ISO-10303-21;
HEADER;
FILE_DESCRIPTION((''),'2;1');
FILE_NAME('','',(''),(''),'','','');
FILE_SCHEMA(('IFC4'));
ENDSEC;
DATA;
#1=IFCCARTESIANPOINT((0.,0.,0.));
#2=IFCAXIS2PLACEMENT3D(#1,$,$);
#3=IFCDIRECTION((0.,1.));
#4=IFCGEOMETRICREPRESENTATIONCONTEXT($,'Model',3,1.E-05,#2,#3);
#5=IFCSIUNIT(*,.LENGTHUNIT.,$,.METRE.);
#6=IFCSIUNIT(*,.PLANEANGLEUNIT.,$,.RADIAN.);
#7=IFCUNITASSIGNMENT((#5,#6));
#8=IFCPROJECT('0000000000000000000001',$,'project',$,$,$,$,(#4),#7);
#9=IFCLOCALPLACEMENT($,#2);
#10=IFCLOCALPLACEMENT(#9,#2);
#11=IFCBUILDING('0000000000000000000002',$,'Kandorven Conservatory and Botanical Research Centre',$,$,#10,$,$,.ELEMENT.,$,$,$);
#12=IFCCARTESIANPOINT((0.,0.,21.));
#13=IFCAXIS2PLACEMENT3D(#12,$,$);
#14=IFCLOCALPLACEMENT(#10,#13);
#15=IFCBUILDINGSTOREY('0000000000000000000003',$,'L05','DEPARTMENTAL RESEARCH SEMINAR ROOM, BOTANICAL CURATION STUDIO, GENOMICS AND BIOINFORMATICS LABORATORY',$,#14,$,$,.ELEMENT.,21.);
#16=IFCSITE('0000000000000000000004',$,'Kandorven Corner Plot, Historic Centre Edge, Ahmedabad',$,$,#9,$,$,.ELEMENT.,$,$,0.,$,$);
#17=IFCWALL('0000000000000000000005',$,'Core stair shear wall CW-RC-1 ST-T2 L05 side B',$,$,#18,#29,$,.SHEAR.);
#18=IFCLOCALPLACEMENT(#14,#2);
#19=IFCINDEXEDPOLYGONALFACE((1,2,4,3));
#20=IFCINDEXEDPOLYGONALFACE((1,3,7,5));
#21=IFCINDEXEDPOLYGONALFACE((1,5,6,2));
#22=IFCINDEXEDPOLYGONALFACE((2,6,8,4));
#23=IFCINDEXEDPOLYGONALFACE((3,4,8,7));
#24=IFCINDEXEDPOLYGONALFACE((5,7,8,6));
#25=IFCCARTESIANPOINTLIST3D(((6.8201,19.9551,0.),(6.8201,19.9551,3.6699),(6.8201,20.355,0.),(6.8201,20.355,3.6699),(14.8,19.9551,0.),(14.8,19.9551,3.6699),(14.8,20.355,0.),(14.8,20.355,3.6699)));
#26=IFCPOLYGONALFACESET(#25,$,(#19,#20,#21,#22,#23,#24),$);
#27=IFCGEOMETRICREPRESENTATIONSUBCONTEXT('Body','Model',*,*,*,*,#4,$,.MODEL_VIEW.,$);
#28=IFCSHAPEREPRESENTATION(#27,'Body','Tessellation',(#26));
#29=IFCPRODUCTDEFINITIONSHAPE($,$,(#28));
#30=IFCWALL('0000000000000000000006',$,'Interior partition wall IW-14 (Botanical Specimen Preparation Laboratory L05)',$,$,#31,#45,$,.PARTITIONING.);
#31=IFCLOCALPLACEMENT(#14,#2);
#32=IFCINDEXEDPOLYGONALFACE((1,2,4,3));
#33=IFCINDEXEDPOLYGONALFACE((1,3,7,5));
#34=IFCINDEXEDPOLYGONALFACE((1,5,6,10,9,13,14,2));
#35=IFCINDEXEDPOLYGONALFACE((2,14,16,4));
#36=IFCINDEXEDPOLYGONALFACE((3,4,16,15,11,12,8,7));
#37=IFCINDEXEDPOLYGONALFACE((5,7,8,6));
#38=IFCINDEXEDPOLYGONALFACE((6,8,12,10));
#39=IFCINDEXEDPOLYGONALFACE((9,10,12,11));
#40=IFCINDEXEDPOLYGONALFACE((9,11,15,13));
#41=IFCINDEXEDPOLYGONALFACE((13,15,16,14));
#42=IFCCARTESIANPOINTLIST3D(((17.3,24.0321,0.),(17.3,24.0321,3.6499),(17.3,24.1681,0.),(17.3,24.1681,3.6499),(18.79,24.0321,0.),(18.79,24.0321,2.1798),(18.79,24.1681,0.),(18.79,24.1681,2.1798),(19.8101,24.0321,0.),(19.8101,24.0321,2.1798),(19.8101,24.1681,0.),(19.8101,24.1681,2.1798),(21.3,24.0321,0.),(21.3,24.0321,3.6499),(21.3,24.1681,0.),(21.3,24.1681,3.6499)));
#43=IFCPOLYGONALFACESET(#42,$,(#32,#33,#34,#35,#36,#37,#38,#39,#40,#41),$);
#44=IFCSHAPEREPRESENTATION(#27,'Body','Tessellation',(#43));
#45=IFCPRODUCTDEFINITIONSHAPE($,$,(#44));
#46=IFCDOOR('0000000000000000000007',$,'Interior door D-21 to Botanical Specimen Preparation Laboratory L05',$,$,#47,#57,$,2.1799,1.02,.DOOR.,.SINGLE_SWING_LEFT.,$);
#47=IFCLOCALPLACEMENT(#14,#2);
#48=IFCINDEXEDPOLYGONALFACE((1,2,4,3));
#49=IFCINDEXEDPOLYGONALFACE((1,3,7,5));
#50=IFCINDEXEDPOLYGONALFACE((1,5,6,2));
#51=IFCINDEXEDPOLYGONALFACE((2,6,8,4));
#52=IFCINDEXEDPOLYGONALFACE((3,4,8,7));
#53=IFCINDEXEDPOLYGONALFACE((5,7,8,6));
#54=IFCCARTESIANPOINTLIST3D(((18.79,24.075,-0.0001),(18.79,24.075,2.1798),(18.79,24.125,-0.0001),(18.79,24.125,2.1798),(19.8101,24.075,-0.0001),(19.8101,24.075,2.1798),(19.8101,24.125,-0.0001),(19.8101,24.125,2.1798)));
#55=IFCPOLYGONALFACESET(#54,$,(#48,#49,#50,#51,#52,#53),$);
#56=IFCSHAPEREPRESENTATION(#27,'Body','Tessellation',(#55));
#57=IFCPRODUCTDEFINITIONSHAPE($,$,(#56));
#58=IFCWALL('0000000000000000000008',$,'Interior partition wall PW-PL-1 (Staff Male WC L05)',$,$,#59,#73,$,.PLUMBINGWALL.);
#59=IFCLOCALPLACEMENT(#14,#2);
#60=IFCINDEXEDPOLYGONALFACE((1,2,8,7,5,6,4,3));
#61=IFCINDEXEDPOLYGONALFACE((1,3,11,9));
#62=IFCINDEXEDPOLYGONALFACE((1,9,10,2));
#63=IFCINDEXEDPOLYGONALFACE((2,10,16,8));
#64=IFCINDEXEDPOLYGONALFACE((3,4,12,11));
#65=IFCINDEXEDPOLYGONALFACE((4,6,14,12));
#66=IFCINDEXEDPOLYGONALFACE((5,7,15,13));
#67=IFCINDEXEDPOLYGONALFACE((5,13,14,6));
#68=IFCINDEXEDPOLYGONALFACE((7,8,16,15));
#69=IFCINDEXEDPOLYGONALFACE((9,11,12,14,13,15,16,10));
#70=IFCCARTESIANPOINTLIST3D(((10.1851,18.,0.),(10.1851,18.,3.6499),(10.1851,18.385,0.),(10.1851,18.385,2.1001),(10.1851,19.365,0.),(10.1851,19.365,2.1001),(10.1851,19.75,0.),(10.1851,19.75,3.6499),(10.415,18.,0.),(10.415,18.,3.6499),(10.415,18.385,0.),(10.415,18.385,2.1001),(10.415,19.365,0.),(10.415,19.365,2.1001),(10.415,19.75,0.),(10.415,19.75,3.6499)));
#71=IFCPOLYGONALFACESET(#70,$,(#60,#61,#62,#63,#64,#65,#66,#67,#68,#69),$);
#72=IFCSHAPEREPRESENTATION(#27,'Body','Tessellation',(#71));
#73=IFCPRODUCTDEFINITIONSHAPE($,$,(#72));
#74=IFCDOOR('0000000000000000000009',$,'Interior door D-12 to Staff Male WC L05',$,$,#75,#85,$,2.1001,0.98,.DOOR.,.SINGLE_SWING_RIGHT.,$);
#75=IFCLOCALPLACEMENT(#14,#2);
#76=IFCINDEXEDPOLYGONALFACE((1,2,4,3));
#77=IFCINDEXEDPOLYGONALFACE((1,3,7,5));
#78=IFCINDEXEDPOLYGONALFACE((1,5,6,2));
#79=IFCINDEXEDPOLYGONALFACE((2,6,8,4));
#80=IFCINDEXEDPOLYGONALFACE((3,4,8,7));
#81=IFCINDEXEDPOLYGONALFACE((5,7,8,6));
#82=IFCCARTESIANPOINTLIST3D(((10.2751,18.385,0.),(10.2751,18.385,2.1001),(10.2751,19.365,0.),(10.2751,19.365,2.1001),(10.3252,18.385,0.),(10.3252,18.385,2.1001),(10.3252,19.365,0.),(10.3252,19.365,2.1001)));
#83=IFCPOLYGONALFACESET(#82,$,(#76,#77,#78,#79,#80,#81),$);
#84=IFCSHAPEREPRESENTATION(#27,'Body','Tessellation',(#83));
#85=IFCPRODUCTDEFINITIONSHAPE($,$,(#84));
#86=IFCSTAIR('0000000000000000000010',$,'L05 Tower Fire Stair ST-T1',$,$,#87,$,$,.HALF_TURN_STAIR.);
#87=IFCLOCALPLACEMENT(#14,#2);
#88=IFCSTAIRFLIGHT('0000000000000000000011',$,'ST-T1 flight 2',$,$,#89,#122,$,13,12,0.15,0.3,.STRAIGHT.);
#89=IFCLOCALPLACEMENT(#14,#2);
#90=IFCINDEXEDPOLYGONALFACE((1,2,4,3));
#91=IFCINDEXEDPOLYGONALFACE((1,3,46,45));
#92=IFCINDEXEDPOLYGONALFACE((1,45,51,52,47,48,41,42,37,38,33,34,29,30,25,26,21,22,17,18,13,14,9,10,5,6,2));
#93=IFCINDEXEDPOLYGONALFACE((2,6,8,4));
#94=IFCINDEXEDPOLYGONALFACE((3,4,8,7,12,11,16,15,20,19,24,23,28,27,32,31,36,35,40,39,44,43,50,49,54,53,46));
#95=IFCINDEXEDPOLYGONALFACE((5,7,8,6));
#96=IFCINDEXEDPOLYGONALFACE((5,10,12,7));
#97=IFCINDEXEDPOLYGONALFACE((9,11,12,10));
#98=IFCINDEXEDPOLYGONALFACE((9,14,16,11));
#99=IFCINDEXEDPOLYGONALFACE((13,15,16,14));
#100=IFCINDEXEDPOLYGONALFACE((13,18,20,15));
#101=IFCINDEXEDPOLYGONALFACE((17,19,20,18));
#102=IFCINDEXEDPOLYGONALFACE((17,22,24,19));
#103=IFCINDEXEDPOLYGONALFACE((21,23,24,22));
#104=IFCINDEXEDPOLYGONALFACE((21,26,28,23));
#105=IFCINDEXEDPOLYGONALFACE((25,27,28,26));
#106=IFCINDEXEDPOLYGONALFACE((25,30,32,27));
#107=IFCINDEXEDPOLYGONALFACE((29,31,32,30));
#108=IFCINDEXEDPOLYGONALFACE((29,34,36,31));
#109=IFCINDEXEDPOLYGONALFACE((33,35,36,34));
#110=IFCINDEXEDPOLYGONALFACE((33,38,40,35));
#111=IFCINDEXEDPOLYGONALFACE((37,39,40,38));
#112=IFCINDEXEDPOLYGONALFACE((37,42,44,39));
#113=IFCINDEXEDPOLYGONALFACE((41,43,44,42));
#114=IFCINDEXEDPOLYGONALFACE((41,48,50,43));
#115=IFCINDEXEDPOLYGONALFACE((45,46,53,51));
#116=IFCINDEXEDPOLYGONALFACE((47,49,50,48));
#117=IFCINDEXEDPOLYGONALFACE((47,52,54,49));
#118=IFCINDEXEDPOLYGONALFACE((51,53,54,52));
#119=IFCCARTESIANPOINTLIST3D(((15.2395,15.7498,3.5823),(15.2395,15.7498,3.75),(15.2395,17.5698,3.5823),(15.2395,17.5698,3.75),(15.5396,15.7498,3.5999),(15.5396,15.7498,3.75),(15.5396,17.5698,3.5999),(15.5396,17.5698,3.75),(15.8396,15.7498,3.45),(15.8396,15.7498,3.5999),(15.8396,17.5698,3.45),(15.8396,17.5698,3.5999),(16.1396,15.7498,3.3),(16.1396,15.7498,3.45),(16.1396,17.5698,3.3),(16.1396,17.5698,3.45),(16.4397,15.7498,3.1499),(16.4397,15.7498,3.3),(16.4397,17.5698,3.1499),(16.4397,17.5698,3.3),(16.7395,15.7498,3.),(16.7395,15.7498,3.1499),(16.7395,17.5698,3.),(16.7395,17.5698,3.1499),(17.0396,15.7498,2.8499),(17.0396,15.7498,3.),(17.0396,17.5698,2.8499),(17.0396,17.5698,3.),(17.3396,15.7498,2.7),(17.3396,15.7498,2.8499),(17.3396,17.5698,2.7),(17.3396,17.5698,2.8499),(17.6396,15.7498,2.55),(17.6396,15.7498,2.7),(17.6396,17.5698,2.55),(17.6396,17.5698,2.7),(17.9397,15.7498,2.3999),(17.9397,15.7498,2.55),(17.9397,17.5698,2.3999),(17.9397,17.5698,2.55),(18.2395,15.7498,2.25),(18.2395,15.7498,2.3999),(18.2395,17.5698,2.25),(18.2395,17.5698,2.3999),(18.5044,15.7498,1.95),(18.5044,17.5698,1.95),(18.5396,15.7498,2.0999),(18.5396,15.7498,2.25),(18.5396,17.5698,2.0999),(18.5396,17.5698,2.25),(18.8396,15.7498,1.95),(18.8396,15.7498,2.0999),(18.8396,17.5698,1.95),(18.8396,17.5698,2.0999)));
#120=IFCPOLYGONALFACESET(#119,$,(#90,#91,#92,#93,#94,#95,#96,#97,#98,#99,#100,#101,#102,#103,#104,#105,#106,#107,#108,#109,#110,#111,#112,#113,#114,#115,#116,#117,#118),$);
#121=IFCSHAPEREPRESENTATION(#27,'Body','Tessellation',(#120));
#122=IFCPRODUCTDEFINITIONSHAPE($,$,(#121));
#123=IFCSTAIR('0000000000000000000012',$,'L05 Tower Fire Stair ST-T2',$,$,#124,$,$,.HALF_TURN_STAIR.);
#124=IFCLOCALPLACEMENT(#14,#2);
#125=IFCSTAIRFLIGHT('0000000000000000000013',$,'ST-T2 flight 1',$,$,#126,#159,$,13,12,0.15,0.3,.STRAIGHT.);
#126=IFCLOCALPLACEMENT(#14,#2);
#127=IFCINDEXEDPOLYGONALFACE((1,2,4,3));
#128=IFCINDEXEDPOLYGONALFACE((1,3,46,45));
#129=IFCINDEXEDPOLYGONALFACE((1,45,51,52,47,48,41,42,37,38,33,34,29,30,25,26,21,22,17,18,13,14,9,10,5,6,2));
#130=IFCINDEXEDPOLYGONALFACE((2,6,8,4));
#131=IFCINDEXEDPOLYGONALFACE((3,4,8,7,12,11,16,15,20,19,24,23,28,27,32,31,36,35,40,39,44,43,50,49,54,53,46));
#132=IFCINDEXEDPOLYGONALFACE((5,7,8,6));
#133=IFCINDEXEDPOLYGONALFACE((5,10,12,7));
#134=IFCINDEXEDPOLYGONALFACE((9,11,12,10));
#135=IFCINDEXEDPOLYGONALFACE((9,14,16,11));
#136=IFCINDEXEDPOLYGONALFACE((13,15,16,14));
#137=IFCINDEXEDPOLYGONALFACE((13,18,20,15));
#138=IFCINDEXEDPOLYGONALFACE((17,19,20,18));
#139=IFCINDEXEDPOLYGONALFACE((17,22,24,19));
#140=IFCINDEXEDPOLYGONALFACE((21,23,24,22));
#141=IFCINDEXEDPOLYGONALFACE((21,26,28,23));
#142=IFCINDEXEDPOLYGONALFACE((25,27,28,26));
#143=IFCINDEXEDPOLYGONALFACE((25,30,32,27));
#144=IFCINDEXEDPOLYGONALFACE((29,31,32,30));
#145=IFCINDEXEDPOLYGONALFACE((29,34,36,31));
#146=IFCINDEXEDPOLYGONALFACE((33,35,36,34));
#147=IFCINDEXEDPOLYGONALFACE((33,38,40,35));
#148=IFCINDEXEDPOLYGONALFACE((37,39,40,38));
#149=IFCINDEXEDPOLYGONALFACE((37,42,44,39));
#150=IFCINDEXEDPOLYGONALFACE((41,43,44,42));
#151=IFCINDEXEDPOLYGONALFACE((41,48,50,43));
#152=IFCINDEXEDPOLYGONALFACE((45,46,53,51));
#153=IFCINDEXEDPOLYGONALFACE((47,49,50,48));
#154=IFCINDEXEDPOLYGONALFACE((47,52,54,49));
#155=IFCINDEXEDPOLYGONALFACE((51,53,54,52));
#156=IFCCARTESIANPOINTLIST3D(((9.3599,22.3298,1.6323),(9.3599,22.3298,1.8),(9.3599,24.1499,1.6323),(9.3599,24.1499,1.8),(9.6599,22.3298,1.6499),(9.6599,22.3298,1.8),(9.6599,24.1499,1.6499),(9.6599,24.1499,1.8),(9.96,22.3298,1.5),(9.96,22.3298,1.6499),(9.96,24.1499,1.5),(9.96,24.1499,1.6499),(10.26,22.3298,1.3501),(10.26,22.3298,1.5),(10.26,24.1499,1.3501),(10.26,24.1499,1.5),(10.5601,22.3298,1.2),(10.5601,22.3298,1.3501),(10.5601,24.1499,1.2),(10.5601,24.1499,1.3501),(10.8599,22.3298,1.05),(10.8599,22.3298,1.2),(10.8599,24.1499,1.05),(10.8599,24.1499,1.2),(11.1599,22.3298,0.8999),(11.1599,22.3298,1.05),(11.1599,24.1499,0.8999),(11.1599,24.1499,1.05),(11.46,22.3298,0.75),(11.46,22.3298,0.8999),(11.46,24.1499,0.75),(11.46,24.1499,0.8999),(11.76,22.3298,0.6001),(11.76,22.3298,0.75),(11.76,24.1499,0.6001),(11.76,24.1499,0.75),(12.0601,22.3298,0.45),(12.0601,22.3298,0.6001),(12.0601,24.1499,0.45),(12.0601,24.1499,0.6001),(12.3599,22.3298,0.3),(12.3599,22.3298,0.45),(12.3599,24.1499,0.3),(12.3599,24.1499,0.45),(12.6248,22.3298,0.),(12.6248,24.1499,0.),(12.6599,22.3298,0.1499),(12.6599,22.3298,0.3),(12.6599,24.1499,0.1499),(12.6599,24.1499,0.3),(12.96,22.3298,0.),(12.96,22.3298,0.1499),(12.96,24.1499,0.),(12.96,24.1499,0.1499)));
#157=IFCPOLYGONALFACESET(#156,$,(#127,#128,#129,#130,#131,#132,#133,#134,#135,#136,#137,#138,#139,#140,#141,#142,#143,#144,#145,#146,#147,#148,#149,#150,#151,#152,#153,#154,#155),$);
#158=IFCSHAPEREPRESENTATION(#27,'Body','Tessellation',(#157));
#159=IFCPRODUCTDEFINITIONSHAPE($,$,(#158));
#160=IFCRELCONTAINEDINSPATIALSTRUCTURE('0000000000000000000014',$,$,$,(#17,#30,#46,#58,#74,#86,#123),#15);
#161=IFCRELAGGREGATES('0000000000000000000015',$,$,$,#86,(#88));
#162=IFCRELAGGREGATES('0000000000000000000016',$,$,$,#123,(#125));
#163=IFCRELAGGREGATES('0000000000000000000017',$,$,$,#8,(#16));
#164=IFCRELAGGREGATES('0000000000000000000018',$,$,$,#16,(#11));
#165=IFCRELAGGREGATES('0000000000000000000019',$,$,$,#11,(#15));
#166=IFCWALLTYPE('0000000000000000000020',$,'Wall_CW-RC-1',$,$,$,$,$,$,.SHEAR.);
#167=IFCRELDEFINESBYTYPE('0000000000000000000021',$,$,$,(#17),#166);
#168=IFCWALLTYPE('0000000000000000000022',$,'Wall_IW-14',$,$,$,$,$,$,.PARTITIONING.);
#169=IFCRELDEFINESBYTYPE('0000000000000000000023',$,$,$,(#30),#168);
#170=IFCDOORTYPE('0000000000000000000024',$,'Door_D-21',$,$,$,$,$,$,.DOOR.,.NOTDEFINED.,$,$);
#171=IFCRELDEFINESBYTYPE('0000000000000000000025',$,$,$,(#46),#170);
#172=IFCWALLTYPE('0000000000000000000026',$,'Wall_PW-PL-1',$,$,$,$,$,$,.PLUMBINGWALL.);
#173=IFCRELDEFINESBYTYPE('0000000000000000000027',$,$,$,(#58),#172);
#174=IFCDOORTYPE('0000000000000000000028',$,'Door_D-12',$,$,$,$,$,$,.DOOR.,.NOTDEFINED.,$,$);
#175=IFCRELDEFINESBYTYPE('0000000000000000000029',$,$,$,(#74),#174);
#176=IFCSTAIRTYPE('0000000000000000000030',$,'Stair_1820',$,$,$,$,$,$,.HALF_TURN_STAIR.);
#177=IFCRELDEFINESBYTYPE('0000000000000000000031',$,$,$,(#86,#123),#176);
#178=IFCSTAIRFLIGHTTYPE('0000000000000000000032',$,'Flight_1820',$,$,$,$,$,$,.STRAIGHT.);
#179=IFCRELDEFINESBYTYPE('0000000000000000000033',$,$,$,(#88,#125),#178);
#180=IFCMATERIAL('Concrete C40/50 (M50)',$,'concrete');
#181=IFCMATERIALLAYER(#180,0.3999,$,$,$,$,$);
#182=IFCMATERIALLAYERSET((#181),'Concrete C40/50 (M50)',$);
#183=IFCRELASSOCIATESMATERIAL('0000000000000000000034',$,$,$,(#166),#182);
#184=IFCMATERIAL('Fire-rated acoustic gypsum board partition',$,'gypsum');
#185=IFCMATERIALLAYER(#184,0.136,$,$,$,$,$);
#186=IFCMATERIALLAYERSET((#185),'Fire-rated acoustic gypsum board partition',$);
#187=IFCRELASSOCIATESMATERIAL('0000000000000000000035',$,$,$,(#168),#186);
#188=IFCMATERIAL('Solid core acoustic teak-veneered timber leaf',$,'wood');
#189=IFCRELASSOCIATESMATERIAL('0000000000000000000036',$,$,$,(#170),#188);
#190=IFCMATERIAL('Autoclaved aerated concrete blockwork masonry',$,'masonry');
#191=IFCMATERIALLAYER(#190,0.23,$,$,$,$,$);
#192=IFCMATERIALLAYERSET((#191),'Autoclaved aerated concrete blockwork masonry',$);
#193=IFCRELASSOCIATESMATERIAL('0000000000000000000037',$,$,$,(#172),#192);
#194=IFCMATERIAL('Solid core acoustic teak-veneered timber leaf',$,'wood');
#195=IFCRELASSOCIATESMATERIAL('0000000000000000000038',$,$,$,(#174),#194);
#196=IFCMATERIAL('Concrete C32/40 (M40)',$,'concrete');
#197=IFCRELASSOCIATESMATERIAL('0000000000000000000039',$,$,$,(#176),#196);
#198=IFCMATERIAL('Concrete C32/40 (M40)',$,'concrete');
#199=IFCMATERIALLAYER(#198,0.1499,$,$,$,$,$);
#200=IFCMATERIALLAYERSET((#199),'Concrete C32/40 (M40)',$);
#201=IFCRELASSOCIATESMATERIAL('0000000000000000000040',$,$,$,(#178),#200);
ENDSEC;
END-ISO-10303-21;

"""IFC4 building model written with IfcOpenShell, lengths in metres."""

from ifc_helpers import new_model, si_unit, direction, frame, frame_2d, origin, place, context, subcontext, project, spatial, polyline, rectangle, outline, extrude, material, layer, layer_set, type_object, element, fill, aggregate, save


model = new_model("IFC4")

# Units and contexts
model_context = context("Model", 3, precision=1e-05, world=origin(), true_north=direction((0.0, 1.0)))
body_context = subcontext(model_context, "Body", "Model", "MODEL_VIEW")
ifc_project = project(units=[si_unit("LENGTHUNIT", "METRE"), si_unit("PLANEANGLEUNIT", "RADIAN")], contexts=[model_context])

# Site, building, storey
site_placement = place(None, origin())
site = spatial("IfcSite", under=ifc_project, at=site_placement, Name="Kandorven Corner Plot, Historic Centre Edge, Ahmedabad", CompositionType="ELEMENT", RefElevation=0.0)
building_placement = place(site_placement, origin())
building = spatial("IfcBuilding", under=site, at=building_placement, Name="Kandorven Conservatory and Botanical Research Centre", CompositionType="ELEMENT")
storey_placement = place(building_placement, frame((0.0, 0.0, 21.0)))
storey = spatial("IfcBuildingStorey", under=building, at=storey_placement, Name="L05", Description="DEPARTMENTAL RESEARCH SEMINAR ROOM, BOTANICAL CURATION STUDIO, GENOMICS AND BIOINFORMATICS LABORATORY", CompositionType="ELEMENT", Elevation=21.0)

# Wall
ifc_material_1 = material(Name="Concrete C40/50 (M50)", Category="concrete")
ifc_layer_1 = layer(ifc_material_1, 0.3999)
ifc_layer_set_1 = layer_set([ifc_layer_1], Name="Concrete C40/50 (M50)")
wall_type_1 = type_object("IfcWallType", Name="Wall_CW-RC-1", PredefinedType="SHEAR", material=ifc_layer_set_1)
for number, where, z_axis, x_axis, name in (
    (1, (14.8, 20.155, 0.0), (0.0, 0.0, 1.0), (-1.0, 0.0, 0.0), "Core stair shear wall CW-RC-1 ST-T2 L05 side B"),
):
    element("IfcWall", number, at=place(storey_placement, frame(where, z_axis=z_axis, x_axis=x_axis)), inside=storey, type_object=wall_type_1, Name=name, PredefinedType="SHEAR", context=body_context, shape_type="SweptSolid", body=[
        extrude(rectangle(XDim=7.98, YDim=0.3999, at=frame_2d((3.99, 0.0))), origin(), (0.0, 0.0, 1.0), 3.6699),
    ])

# Walls, openings, doors
ifc_material_2 = material(Name="Fire-rated acoustic gypsum board partition", Category="gypsum")
ifc_layer_2 = layer(ifc_material_2, 0.136)
ifc_layer_set_2 = layer_set([ifc_layer_2], Name="Fire-rated acoustic gypsum board partition")
wall_type_2 = type_object("IfcWallType", Name="Wall_IW-14", PredefinedType="PARTITIONING", material=ifc_layer_set_2)
wall_1_placement = place(storey_placement, frame((17.3, 24.1001, 0.0), z_axis=(0.0, 0.0, 1.0), x_axis=(1.0, 0.0, 0.0)))
wall_1 = element("IfcWall", 2, at=wall_1_placement, inside=storey, type_object=wall_type_2, Name="Interior partition wall IW-14 (Botanical Specimen Preparation Laboratory L05)", PredefinedType="PARTITIONING", context=body_context, shape_type="SweptSolid", body=[
    extrude(rectangle(XDim=4.0, YDim=0.136, at=frame_2d((2.0, 0.0))), origin(), (0.0, 0.0, 1.0), 3.6499),
])
opening_1_placement = place(wall_1_placement, frame((1.49, 0.0, 0.0)))
opening_1 = element("IfcOpeningElement", 3, at=opening_1_placement, cuts=wall_1, PredefinedType="OPENING", context=body_context, shape_type="SweptSolid", body=[
    extrude(rectangle(XDim=1.02, YDim=2.1799, at=frame_2d((0.51, 1.0898))), frame((0.0, 0.0779, 0.0), z_axis=(0.0, -1.0, 0.0), x_axis=(1.0, 0.0, 0.0)), (0.0, 0.0, 1.0), 0.156),
])
ifc_material_3 = material(Name="Solid core acoustic teak-veneered timber leaf", Category="wood")
door_type_1 = type_object("IfcDoorType", Name="Door_D-21", OperationType="NOTDEFINED", PredefinedType="DOOR", material=ifc_material_3)
door_1_placement = place(opening_1_placement, origin())
door_1 = element("IfcDoor", 4, at=door_1_placement, inside=storey, type_object=door_type_1, Name="Interior door D-21 to Botanical Specimen Preparation Laboratory L05", OperationType="SINGLE_SWING_LEFT", OverallHeight=2.1799, OverallWidth=1.02, PredefinedType="DOOR", context=body_context, shape_type="SweptSolid", body=[
    extrude(rectangle(XDim=1.02, YDim=2.1799, at=frame_2d((0.51, 1.0898))), frame((0.0, 0.0249, 0.0), z_axis=(0.0, -1.0, 0.0), x_axis=(1.0, 0.0, 0.0)), (0.0, 0.0, 1.0), 0.05),
])
fill(opening_1, door_1)
ifc_material_4 = material(Name="Autoclaved aerated concrete blockwork masonry", Category="masonry")
ifc_layer_3 = layer(ifc_material_4, 0.23)
ifc_layer_set_3 = layer_set([ifc_layer_3], Name="Autoclaved aerated concrete blockwork masonry")
wall_type_3 = type_object("IfcWallType", Name="Wall_PW-PL-1", PredefinedType="PLUMBINGWALL", material=ifc_layer_set_3)
wall_2_placement = place(storey_placement, frame((10.3, 18.0, 0.0), z_axis=(0.0, 0.0, 1.0), x_axis=(0.0, 1.0, 0.0)))
wall_2 = element("IfcWall", 5, at=wall_2_placement, inside=storey, type_object=wall_type_3, Name="Interior partition wall PW-PL-1 (Staff Male WC L05)", PredefinedType="PLUMBINGWALL", context=body_context, shape_type="SweptSolid", body=[
    extrude(rectangle(XDim=1.75, YDim=0.23, at=frame_2d((0.875, 0.0))), origin(), (0.0, 0.0, 1.0), 3.6499),
])
opening_2_placement = place(wall_2_placement, frame((0.385, 0.0, 0.0)))
opening_2 = element("IfcOpeningElement", 6, at=opening_2_placement, cuts=wall_2, PredefinedType="OPENING", context=body_context, shape_type="SweptSolid", body=[
    extrude(rectangle(XDim=0.98, YDim=2.1001, at=frame_2d((0.49, 1.05))), frame((0.0, 0.125, 0.0), z_axis=(0.0, -1.0, 0.0), x_axis=(1.0, 0.0, 0.0)), (0.0, 0.0, 1.0), 0.25),
])
ifc_material_5 = material(Name="Solid core acoustic teak-veneered timber leaf", Category="wood")
door_type_2 = type_object("IfcDoorType", Name="Door_D-12", OperationType="NOTDEFINED", PredefinedType="DOOR", material=ifc_material_5)
door_2_placement = place(opening_2_placement, origin())
door_2 = element("IfcDoor", 7, at=door_2_placement, inside=storey, type_object=door_type_2, Name="Interior door D-12 to Staff Male WC L05", OperationType="SINGLE_SWING_RIGHT", OverallHeight=2.1001, OverallWidth=0.98, PredefinedType="DOOR", context=body_context, shape_type="SweptSolid", body=[
    extrude(rectangle(XDim=0.98, YDim=2.1001, at=frame_2d((0.49, 1.05))), frame((0.0, 0.0249, 0.0), z_axis=(0.0, -1.0, 0.0), x_axis=(1.0, 0.0, 0.0)), (0.0, 0.0, 1.0), 0.05),
])
fill(opening_2, door_2)

# Stair, stair flight
ifc_material_6 = material(Name="Concrete C32/40 (M40)", Category="concrete")
stair_type = type_object("IfcStairType", Name="Stair_1820", PredefinedType="HALF_TURN_STAIR", material=ifc_material_6)
stair_1_placement = place(storey_placement, origin())
stair_1 = element("IfcStair", 8, at=stair_1_placement, inside=storey, type_object=stair_type, Name="L05 Tower Fire Stair ST-T1", PredefinedType="HALF_TURN_STAIR")
ifc_material_7 = material(Name="Concrete C32/40 (M40)", Category="concrete")
ifc_layer_4 = layer(ifc_material_7, 0.1499)
ifc_layer_set_4 = layer_set([ifc_layer_4], Name="Concrete C32/40 (M40)")
stair_flight_type = type_object("IfcStairFlightType", Name="Flight_1820", PredefinedType="STRAIGHT", material=ifc_layer_set_4)
stair_flight_1_placement = place(storey_placement, frame((18.8396, 16.6599, 1.95), z_axis=(0.0, 0.0, 1.0), x_axis=(-1.0, 0.0, 0.0)))
stair_flight_1 = element("IfcStairFlight", 9, at=stair_flight_1_placement, type_object=stair_flight_type, Name="ST-T1 flight 2", NumberOfRisers=13, NumberOfTreads=12, PredefinedType="STRAIGHT", RiserHeight=0.15, TreadLength=0.3, context=body_context, shape_type="SweptSolid", body=[
    extrude(outline(polyline([(0.0, 0.0), (0.0, 0.1499), (0.3, 0.1499), (0.3, 0.3), (0.6001, 0.3), (0.6001, 0.45), (0.8999, 0.45), (0.8999, 0.6001), (1.2, 0.6001), (1.2, 0.75), (1.5, 0.75), (1.5, 0.8999), (1.8, 0.8999), (1.8, 1.05), (2.1001, 1.05), (2.1001, 1.2), (2.3999, 1.2), (2.3999, 1.3501), (2.7, 1.3501), (2.7, 1.5), (3.0, 1.5), (3.0, 1.6499), (3.3, 1.6499), (3.3, 1.8), (3.6001, 1.8), (3.6001, 1.95), (3.6001, 1.6323), (0.3352, 0.0), (0.0, 0.0)])), frame((0.0, 0.9102, 0.0), z_axis=(0.0, -1.0, 0.0), x_axis=(1.0, 0.0, 0.0)), (0.0, 0.0, 1.0), 1.8201),
])
aggregate(stair_1, [stair_flight_1])

# Stair, stair flight
stair_2_placement = place(storey_placement, origin())
stair_2 = element("IfcStair", 10, at=stair_2_placement, inside=storey, type_object=stair_type, Name="L05 Tower Fire Stair ST-T2", PredefinedType="HALF_TURN_STAIR")
stair_flight_2_placement = place(storey_placement, frame((12.96, 23.24, 0.0), z_axis=(0.0, 0.0, 1.0), x_axis=(-1.0, 0.0, 0.0)))
stair_flight_2 = element("IfcStairFlight", 11, at=stair_flight_2_placement, type_object=stair_flight_type, Name="ST-T2 flight 1", NumberOfRisers=13, NumberOfTreads=12, PredefinedType="STRAIGHT", RiserHeight=0.15, TreadLength=0.3, context=body_context, shape_type="SweptSolid", body=[
    extrude(outline(polyline([(0.0, 0.0), (0.0, 0.1499), (0.3, 0.1499), (0.3, 0.3), (0.6001, 0.3), (0.6001, 0.45), (0.8999, 0.45), (0.8999, 0.6001), (1.2, 0.6001), (1.2, 0.75), (1.5, 0.75), (1.5, 0.8999), (1.8, 0.8999), (1.8, 1.05), (2.1001, 1.05), (2.1001, 1.2), (2.3999, 1.2), (2.3999, 1.3501), (2.7, 1.3501), (2.7, 1.5), (3.0, 1.5), (3.0, 1.6499), (3.3, 1.6499), (3.3, 1.8), (3.6001, 1.8), (3.6001, 1.95), (3.6001, 1.6323), (0.3352, 0.0), (0.0, 0.0)])), frame((0.0, 0.9102, 0.0), z_axis=(0.0, -1.0, 0.0), x_axis=(1.0, 0.0, 0.0)), (0.0, 0.0, 1.0), 1.8201),
])
aggregate(stair_2, [stair_flight_2])

save(model, "model.ifc")
